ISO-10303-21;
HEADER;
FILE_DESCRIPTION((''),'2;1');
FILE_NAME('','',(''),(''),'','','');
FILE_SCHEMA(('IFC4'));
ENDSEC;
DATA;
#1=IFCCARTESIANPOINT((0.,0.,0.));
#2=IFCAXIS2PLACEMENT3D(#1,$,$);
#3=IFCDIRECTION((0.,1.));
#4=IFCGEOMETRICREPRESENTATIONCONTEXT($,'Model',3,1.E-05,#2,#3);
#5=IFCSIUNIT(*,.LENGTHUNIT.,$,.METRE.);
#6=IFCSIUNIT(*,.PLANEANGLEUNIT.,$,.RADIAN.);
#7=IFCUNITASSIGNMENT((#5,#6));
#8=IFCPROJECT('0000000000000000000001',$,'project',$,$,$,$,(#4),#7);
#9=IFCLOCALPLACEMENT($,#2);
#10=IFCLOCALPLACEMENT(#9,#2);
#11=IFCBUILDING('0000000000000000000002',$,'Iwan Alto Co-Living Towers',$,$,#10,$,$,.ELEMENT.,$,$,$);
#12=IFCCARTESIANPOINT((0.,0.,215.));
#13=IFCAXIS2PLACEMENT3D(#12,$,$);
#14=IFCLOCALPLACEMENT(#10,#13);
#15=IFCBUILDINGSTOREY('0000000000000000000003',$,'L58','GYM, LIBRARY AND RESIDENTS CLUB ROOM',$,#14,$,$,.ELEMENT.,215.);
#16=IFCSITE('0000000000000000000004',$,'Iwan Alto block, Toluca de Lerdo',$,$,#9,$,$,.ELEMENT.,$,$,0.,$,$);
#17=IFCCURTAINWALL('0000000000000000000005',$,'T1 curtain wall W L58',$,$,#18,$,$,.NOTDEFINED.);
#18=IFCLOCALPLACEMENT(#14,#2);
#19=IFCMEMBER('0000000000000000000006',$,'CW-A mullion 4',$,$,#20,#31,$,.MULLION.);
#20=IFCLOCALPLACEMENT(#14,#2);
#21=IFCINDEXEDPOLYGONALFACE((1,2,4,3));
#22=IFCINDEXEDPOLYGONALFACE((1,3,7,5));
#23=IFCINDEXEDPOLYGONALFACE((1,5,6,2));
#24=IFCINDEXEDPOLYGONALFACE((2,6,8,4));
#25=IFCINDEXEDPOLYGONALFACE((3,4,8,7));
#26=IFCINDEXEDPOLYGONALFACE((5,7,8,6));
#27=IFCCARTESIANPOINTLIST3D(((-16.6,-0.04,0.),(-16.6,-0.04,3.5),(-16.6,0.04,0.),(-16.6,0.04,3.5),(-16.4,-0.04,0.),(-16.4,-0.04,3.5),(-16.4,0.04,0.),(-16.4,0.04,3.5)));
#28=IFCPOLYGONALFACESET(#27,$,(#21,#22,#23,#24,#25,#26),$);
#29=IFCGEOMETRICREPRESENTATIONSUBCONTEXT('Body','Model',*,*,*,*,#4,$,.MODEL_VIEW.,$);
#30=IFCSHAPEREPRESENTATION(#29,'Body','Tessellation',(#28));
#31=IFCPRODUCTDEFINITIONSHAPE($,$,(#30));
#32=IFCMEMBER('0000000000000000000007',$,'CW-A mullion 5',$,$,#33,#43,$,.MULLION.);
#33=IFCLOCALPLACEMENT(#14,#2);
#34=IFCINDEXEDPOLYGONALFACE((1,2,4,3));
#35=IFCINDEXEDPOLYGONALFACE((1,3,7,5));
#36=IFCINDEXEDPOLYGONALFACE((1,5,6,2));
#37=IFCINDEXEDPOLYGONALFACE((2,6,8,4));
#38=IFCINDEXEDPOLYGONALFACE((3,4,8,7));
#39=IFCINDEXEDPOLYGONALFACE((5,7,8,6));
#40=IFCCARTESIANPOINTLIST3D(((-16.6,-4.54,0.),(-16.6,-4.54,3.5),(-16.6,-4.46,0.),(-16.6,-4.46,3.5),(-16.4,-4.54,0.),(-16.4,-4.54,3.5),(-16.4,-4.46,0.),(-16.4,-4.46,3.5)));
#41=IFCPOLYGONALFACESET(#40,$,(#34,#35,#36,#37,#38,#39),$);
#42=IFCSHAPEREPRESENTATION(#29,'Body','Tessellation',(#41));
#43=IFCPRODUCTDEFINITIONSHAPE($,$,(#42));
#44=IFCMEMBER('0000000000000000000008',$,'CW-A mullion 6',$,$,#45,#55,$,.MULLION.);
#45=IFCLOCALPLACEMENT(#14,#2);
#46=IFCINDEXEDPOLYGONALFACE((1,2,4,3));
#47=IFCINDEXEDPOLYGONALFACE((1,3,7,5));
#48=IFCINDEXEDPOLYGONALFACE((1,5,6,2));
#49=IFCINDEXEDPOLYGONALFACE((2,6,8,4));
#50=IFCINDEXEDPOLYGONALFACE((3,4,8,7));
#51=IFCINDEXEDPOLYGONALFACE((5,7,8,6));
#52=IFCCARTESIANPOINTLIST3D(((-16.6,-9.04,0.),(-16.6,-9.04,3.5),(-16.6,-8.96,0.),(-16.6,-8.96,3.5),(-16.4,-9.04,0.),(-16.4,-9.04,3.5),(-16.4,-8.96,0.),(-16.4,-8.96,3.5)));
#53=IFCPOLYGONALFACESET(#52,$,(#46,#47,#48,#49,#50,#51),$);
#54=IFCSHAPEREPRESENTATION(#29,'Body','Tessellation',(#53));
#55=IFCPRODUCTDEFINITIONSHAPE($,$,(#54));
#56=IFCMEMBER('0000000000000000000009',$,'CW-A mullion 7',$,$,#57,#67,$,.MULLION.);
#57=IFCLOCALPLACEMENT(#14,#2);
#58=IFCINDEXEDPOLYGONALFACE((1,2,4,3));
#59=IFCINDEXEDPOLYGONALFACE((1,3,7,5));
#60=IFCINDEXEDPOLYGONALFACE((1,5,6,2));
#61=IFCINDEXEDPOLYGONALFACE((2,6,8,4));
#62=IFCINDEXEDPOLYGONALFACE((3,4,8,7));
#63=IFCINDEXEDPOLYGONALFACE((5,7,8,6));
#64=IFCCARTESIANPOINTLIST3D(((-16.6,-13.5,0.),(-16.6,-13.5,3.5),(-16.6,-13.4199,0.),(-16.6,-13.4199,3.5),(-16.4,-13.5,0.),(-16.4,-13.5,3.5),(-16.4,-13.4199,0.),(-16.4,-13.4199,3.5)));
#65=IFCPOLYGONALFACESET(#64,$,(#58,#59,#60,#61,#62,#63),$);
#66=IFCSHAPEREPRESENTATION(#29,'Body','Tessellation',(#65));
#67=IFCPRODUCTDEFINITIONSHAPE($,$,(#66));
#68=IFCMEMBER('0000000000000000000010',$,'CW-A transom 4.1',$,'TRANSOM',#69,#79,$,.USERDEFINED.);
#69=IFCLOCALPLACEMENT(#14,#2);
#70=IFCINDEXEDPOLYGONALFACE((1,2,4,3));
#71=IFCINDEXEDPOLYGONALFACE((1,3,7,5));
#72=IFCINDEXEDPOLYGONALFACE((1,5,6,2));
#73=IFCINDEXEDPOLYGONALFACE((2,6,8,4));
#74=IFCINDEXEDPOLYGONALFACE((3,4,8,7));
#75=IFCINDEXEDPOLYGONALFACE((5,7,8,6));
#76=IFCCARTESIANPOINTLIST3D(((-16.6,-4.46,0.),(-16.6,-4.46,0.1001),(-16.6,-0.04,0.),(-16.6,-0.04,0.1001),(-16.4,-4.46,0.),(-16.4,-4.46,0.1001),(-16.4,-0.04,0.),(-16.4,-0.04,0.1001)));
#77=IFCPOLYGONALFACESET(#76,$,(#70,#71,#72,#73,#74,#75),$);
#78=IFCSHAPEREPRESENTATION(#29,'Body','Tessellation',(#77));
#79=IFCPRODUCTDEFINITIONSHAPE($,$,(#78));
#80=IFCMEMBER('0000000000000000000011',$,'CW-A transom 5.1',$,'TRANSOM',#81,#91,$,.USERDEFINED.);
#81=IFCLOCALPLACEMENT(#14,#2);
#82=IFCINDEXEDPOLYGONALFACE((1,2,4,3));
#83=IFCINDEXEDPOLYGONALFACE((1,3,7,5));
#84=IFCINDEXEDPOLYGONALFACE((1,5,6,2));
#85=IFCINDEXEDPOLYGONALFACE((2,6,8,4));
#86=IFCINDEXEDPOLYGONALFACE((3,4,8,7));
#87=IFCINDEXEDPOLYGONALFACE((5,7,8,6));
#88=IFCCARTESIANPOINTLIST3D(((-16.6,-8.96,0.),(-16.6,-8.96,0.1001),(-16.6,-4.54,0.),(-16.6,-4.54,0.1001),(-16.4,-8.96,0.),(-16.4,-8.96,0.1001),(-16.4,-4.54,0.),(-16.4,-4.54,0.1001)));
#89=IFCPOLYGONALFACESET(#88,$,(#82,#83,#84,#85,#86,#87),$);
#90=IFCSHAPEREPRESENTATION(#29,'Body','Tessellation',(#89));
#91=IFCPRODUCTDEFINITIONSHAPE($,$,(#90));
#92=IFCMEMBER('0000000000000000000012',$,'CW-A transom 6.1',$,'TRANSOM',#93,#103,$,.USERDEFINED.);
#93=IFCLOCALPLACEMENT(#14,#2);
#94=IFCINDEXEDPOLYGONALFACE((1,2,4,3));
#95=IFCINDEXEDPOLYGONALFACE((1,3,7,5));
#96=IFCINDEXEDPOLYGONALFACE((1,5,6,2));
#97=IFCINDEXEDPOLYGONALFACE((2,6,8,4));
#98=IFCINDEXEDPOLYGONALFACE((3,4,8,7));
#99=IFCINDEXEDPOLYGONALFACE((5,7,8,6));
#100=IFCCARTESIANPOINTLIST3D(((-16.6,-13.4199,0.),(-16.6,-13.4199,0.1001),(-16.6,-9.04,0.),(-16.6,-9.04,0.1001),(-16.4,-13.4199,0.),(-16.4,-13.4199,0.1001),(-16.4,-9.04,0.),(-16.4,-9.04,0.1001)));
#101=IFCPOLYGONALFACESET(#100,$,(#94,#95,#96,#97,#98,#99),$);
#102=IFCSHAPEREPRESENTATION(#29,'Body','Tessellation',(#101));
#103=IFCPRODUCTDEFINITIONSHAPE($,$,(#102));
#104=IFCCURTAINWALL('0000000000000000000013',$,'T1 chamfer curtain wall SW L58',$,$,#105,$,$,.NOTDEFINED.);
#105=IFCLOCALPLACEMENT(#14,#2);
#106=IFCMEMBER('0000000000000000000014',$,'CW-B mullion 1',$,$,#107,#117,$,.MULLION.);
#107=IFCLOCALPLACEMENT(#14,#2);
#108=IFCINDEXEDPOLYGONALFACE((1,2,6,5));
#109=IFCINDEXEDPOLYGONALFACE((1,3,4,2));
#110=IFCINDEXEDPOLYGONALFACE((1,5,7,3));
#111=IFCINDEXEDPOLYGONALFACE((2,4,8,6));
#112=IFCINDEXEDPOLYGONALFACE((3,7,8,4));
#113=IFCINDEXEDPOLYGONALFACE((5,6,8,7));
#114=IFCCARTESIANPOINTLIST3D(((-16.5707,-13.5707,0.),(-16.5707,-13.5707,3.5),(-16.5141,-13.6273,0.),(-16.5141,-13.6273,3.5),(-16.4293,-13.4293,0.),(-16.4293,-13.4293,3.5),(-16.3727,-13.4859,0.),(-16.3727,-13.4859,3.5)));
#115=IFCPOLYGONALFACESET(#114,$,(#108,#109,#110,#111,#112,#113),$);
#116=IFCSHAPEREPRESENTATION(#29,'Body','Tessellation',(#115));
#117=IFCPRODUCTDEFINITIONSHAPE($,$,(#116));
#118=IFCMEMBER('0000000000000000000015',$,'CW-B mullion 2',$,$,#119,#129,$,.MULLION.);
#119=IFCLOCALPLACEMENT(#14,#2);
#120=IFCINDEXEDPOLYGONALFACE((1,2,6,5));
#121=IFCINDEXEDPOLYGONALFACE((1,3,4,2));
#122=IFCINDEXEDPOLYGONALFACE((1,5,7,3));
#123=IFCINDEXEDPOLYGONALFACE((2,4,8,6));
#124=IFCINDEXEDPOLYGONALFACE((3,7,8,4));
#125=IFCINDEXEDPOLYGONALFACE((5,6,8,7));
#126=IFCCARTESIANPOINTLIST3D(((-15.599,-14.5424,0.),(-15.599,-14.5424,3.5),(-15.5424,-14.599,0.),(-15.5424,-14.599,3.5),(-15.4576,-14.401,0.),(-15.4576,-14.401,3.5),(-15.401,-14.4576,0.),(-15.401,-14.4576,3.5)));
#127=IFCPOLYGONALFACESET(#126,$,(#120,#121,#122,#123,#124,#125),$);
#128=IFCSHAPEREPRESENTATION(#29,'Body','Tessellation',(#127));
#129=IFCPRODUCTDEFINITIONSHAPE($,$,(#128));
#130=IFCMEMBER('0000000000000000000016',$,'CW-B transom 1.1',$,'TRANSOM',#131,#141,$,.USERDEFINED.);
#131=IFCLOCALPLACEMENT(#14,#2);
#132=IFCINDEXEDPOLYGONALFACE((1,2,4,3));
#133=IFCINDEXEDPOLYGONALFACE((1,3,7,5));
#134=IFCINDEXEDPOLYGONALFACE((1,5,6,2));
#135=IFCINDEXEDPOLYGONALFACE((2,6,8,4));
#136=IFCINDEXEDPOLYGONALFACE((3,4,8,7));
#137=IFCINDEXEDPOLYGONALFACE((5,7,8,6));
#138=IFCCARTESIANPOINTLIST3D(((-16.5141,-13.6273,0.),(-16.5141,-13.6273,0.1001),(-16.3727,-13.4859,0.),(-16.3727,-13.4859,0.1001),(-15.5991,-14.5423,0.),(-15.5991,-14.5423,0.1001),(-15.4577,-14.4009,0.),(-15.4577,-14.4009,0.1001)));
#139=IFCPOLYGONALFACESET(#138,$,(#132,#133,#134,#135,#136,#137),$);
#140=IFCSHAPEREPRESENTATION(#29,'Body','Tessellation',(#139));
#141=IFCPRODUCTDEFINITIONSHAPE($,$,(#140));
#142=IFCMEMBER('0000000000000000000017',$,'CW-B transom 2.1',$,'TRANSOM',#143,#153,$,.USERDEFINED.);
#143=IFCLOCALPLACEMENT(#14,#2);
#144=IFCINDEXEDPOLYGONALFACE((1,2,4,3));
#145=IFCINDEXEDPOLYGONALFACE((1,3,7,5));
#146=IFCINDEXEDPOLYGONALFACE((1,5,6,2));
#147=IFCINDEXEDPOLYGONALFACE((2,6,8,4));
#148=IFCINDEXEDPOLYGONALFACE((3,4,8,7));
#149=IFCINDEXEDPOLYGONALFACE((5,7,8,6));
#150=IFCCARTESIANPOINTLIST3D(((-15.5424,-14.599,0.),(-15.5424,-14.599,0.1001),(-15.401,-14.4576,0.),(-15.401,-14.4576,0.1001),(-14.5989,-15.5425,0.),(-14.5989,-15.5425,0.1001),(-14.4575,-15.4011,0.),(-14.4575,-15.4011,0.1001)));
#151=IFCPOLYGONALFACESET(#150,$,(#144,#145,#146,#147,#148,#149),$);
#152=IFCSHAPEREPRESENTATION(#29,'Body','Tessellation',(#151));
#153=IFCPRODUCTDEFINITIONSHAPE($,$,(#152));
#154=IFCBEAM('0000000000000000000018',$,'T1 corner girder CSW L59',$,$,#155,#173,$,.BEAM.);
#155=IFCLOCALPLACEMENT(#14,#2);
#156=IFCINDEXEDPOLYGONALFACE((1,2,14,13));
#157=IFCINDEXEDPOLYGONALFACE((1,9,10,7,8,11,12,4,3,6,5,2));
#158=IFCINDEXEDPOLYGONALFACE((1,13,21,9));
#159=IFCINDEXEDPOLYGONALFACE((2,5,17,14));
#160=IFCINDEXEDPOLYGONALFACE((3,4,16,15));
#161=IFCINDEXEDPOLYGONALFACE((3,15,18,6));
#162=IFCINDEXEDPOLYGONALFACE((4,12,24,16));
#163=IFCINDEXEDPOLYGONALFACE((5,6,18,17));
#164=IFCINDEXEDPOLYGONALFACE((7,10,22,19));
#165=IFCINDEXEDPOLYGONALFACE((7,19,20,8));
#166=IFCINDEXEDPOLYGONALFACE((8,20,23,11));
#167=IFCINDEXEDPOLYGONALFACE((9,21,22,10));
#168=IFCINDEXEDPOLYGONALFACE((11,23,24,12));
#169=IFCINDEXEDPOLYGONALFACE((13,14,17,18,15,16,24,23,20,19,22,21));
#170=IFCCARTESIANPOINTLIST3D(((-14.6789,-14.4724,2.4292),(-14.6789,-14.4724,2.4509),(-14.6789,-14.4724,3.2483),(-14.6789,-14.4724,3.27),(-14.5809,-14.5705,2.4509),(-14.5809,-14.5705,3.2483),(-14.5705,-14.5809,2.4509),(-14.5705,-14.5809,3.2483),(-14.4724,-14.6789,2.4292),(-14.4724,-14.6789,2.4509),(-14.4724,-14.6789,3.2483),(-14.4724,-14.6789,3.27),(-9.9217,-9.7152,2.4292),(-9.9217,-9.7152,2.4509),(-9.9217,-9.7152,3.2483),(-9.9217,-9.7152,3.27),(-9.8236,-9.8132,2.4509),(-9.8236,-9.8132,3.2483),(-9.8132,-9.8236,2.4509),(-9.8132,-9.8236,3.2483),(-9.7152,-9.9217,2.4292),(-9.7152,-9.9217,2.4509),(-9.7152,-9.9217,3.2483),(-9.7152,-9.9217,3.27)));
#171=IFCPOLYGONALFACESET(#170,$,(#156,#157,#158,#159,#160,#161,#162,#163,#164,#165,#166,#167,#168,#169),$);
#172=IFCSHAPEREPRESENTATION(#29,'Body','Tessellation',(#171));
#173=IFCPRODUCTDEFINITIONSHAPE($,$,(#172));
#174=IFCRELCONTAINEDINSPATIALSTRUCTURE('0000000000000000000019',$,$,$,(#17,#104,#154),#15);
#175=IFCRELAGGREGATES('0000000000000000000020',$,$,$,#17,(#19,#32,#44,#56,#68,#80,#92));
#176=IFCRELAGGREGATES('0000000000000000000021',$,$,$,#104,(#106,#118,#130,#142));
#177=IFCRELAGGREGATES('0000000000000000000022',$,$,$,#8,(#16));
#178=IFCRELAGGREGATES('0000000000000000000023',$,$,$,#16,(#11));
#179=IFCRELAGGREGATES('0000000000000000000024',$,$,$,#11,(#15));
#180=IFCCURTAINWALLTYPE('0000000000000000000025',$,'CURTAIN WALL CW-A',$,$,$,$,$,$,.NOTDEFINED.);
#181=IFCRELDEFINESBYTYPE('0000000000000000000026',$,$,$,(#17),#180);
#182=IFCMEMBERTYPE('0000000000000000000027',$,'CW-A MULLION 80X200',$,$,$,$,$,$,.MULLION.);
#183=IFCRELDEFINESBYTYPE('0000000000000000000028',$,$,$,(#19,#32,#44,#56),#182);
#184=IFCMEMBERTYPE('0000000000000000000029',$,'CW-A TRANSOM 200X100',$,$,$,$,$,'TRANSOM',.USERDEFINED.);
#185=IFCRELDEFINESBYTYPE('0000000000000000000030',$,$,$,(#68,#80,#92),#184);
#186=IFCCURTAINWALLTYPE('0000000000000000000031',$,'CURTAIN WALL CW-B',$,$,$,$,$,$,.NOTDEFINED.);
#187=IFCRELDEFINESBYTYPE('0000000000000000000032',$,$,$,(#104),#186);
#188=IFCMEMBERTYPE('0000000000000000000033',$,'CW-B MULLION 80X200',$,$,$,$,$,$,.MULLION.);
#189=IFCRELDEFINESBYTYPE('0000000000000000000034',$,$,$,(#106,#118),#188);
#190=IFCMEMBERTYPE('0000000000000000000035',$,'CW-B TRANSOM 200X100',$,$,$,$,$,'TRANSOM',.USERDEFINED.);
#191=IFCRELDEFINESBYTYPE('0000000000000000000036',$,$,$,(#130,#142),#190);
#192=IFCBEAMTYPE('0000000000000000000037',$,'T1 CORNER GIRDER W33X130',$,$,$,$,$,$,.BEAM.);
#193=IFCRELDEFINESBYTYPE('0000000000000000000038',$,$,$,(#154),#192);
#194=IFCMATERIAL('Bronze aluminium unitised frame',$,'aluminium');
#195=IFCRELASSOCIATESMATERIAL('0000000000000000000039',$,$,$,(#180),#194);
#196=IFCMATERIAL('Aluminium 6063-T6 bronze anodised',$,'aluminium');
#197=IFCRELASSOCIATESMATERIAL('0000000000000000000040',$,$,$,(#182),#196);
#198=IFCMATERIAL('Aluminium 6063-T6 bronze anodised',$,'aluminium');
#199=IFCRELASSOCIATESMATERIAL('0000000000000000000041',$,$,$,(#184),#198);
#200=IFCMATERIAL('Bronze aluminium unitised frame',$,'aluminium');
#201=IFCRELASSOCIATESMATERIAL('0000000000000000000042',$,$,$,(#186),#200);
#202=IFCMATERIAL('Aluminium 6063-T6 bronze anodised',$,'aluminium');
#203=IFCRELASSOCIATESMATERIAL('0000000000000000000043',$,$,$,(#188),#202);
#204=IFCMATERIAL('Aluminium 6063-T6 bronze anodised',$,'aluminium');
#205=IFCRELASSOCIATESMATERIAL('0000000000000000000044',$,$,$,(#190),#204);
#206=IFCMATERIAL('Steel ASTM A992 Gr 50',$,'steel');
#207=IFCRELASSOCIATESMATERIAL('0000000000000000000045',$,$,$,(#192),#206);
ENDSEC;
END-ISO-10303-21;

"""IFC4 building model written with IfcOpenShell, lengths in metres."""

from ifc_helpers import new_model, si_unit, direction, frame, origin, origin_2d, place, context, subcontext, project, spatial, rectangle, i_section, extrude, material, material_profile, profile_set, type_object, element, aggregate, save


model = new_model("IFC4")

# Units and contexts
model_context = context("Model", 3, precision=1e-05, world=origin(), true_north=direction((0.0, 1.0)))
body_context = subcontext(model_context, "Body", "Model", "MODEL_VIEW")
ifc_project = project(units=[si_unit("LENGTHUNIT", "METRE"), si_unit("PLANEANGLEUNIT", "RADIAN")], contexts=[model_context])

# Site, building, storey
site_placement = place(None, origin())
site = spatial("IfcSite", under=ifc_project, at=site_placement, Name="Iwan Alto block, Toluca de Lerdo", CompositionType="ELEMENT", RefElevation=0.0)
building_placement = place(site_placement, origin())
building = spatial("IfcBuilding", under=site, at=building_placement, Name="Iwan Alto Co-Living Towers", CompositionType="ELEMENT")
storey_placement = place(building_placement, frame((0.0, 0.0, 215.0)))
storey = spatial("IfcBuildingStorey", under=building, at=storey_placement, Name="L58", Description="GYM, LIBRARY AND RESIDENTS CLUB ROOM", CompositionType="ELEMENT", Elevation=215.0)

# Curtain walls, members
ifc_material_1 = material(Name="Bronze aluminium unitised frame", Category="aluminium")
curtain_wall_type_1 = type_object("IfcCurtainWallType", Name="CURTAIN WALL CW-A", PredefinedType="NOTDEFINED", material=ifc_material_1)
curtain_wall_1_placement = place(storey_placement, origin())
curtain_wall_1 = element("IfcCurtainWall", 1, at=curtain_wall_1_placement, inside=storey, type_object=curtain_wall_type_1, Name="T1 curtain wall W L58", PredefinedType="NOTDEFINED")
ifc_material_2 = material(Name="Aluminium 6063-T6 bronze anodised", Category="aluminium")
ifc_material_profile_1 = material_profile(ifc_material_2, rectangle(XDim=0.2, YDim=0.0801, at=origin_2d()), Name="AL 80X200")
ifc_profile_set_1 = profile_set([ifc_material_profile_1], Name="Aluminium 6063-T6 bronze anodised")
member_type_1 = type_object("IfcMemberType", Name="CW-A MULLION 80X200", PredefinedType="MULLION", material=ifc_profile_set_1)
member_1_placement = place(storey_placement, frame((-16.5, 0.0, 0.0), z_axis=(0.0, 0.0, 1.0), x_axis=(1.0, 0.0, 0.0)))
member_1 = element("IfcMember", 2, at=member_1_placement, type_object=member_type_1, Name="CW-A mullion 4", PredefinedType="MULLION", context=body_context, shape_type="SweptSolid", body=[
    extrude(rectangle(XDim=0.2, YDim=0.0801, at=origin_2d()), origin(), (0.0, 0.0, 1.0), 3.5),
])
member_2_placement = place(storey_placement, frame((-16.5, -4.5, 0.0), z_axis=(0.0, 0.0, 1.0), x_axis=(1.0, 0.0, 0.0)))
member_2 = element("IfcMember", 3, at=member_2_placement, type_object=member_type_1, Name="CW-A mullion 5", PredefinedType="MULLION", context=body_context, shape_type="SweptSolid", body=[
    extrude(rectangle(XDim=0.2, YDim=0.0801, at=origin_2d()), origin(), (0.0, 0.0, 1.0), 3.5),
])
member_3_placement = place(storey_placement, frame((-16.5, -9.0, 0.0), z_axis=(0.0, 0.0, 1.0), x_axis=(1.0, 0.0, 0.0)))
member_3 = element("IfcMember", 4, at=member_3_placement, type_object=member_type_1, Name="CW-A mullion 6", PredefinedType="MULLION", context=body_context, shape_type="SweptSolid", body=[
    extrude(rectangle(XDim=0.2, YDim=0.0801, at=origin_2d()), origin(), (0.0, 0.0, 1.0), 3.5),
])
member_4_placement = place(storey_placement, frame((-16.5, -13.46, 0.0), z_axis=(0.0, 0.0, 1.0), x_axis=(1.0, 0.0, 0.0)))
member_4 = element("IfcMember", 5, at=member_4_placement, type_object=member_type_1, Name="CW-A mullion 7", PredefinedType="MULLION", context=body_context, shape_type="SweptSolid", body=[
    extrude(rectangle(XDim=0.2, YDim=0.0801, at=origin_2d()), origin(), (0.0, 0.0, 1.0), 3.5),
])
ifc_material_3 = material(Name="Aluminium 6063-T6 bronze anodised", Category="aluminium")
ifc_material_profile_2 = material_profile(ifc_material_3, rectangle(XDim=0.2, YDim=0.1001, at=origin_2d()), Name="AL 200X100")
ifc_profile_set_2 = profile_set([ifc_material_profile_2], Name="Aluminium 6063-T6 bronze anodised")
member_type_2 = type_object("IfcMemberType", Name="CW-A TRANSOM 200X100", ElementType="TRANSOM", PredefinedType="USERDEFINED", material=ifc_profile_set_2)
member_5_placement = place(storey_placement, frame((-16.5, -0.04, 0.05), z_axis=(0.0, -1.0, 0.0), x_axis=(1.0, 0.0, 0.0)))
member_5 = element("IfcMember", 6, at=member_5_placement, type_object=member_type_2, Name="CW-A transom 4.1", ObjectType="TRANSOM", PredefinedType="USERDEFINED", context=body_context, shape_type="SweptSolid", body=[
    extrude(rectangle(XDim=0.2, YDim=0.1001, at=origin_2d()), origin(), (0.0, 0.0, 1.0), 4.4199),
])
member_6_placement = place(storey_placement, frame((-16.5, -4.54, 0.05), z_axis=(0.0, -1.0, 0.0), x_axis=(1.0, 0.0, 0.0)))
member_6 = element("IfcMember", 7, at=member_6_placement, type_object=member_type_2, Name="CW-A transom 5.1", ObjectType="TRANSOM", PredefinedType="USERDEFINED", context=body_context, shape_type="SweptSolid", body=[
    extrude(rectangle(XDim=0.2, YDim=0.1001, at=origin_2d()), origin(), (0.0, 0.0, 1.0), 4.4199),
])
member_7_placement = place(storey_placement, frame((-16.5, -9.04, 0.05), z_axis=(0.0, -1.0, 0.0), x_axis=(1.0, 0.0, 0.0)))
member_7 = element("IfcMember", 8, at=member_7_placement, type_object=member_type_2, Name="CW-A transom 6.1", ObjectType="TRANSOM", PredefinedType="USERDEFINED", context=body_context, shape_type="SweptSolid", body=[
    extrude(rectangle(XDim=0.2, YDim=0.1001, at=origin_2d()), origin(), (0.0, 0.0, 1.0), 4.3799),
])
ifc_material_4 = material(Name="Bronze aluminium unitised frame", Category="aluminium")
curtain_wall_type_2 = type_object("IfcCurtainWallType", Name="CURTAIN WALL CW-B", PredefinedType="NOTDEFINED", material=ifc_material_4)
curtain_wall_2_placement = place(storey_placement, origin())
curtain_wall_2 = element("IfcCurtainWall", 9, at=curtain_wall_2_placement, inside=storey, type_object=curtain_wall_type_2, Name="T1 chamfer curtain wall SW L58", PredefinedType="NOTDEFINED")
ifc_material_5 = material(Name="Aluminium 6063-T6 bronze anodised", Category="aluminium")
ifc_material_profile_3 = material_profile(ifc_material_5, rectangle(XDim=0.2, YDim=0.0801, at=origin_2d()), Name="AL 80X200")
ifc_profile_set_3 = profile_set([ifc_material_profile_3], Name="Aluminium 6063-T6 bronze anodised")
member_type_3 = type_object("IfcMemberType", Name="CW-B MULLION 80X200", PredefinedType="MULLION", material=ifc_profile_set_3)
member_8_placement = place(storey_placement, frame((-16.4717, -13.5283, 0.0), z_axis=(0.0, 0.0, 1.0), x_axis=(0.707107, 0.707107, 0.0)))
member_8 = element("IfcMember", 10, at=member_8_placement, type_object=member_type_3, Name="CW-B mullion 1", PredefinedType="MULLION", context=body_context, shape_type="SweptSolid", body=[
    extrude(rectangle(XDim=0.2, YDim=0.0801, at=origin_2d()), origin(), (0.0, 0.0, 1.0), 3.5),
])
member_9_placement = place(storey_placement, frame((-15.5, -14.5, 0.0), z_axis=(0.0, 0.0, 1.0), x_axis=(0.707107, 0.707107, 0.0)))
member_9 = element("IfcMember", 11, at=member_9_placement, type_object=member_type_3, Name="CW-B mullion 2", PredefinedType="MULLION", context=body_context, shape_type="SweptSolid", body=[
    extrude(rectangle(XDim=0.2, YDim=0.0801, at=origin_2d()), origin(), (0.0, 0.0, 1.0), 3.5),
])
ifc_material_6 = material(Name="Aluminium 6063-T6 bronze anodised", Category="aluminium")
ifc_material_profile_4 = material_profile(ifc_material_6, rectangle(XDim=0.2, YDim=0.1001, at=origin_2d()), Name="AL 200X100")
ifc_profile_set_4 = profile_set([ifc_material_profile_4], Name="Aluminium 6063-T6 bronze anodised")
member_type_4 = type_object("IfcMemberType", Name="CW-B TRANSOM 200X100", ElementType="TRANSOM", PredefinedType="USERDEFINED", material=ifc_profile_set_4)
member_10_placement = place(storey_placement, frame((-16.4434, -13.5566, 0.05), z_axis=(0.707107, -0.707107, 0.0), x_axis=(0.707107, 0.707107, 0.0)))
member_10 = element("IfcMember", 12, at=member_10_placement, type_object=member_type_4, Name="CW-B transom 1.1", ObjectType="TRANSOM", PredefinedType="USERDEFINED", context=body_context, shape_type="SweptSolid", body=[
    extrude(rectangle(XDim=0.2, YDim=0.1001, at=origin_2d()), origin(), (0.0, 0.0, 1.0), 1.2939),
])
member_11_placement = place(storey_placement, frame((-15.4717, -14.5283, 0.05), z_axis=(0.707107, -0.707107, 0.0), x_axis=(0.707107, 0.707107, 0.0)))
member_11 = element("IfcMember", 13, at=member_11_placement, type_object=member_type_4, Name="CW-B transom 2.1", ObjectType="TRANSOM", PredefinedType="USERDEFINED", context=body_context, shape_type="SweptSolid", body=[
    extrude(rectangle(XDim=0.2, YDim=0.1001, at=origin_2d()), origin(), (0.0, 0.0, 1.0), 1.3342),
])

# Beam
ifc_material_7 = material(Name="Steel ASTM A992 Gr 50", Category="steel")
ifc_material_profile_5 = material_profile(ifc_material_7, i_section(OverallWidth=0.292, OverallDepth=0.8408, WebThickness=0.0146, FlangeThickness=0.0217, at=origin_2d()), Name="W33X130")
ifc_profile_set_5 = profile_set([ifc_material_profile_5], Name="Steel ASTM A992 Gr 50")
beam_type_1 = type_object("IfcBeamType", Name="T1 CORNER GIRDER W33X130", PredefinedType="BEAM", material=ifc_profile_set_5)
beam_1_placement = place(storey_placement, frame((-14.5757, -14.5757, 2.8496), z_axis=(0.707107, 0.707107, 0.0), x_axis=(-0.707107, 0.707107, 0.0)))
element("IfcBeam", 14, at=beam_1_placement, inside=storey, type_object=beam_type_1, Name="T1 corner girder CSW L59", PredefinedType="BEAM", context=body_context, shape_type="SweptSolid", body=[
    extrude(i_section(OverallWidth=0.292, OverallDepth=0.8408, WebThickness=0.0146, FlangeThickness=0.0217, at=origin_2d()), origin(), (0.0, 0.0, 1.0), 6.7278),
])

aggregate(curtain_wall_1, [member_1, member_2, member_3, member_4, member_5, member_6, member_7])
aggregate(curtain_wall_2, [member_8, member_9, member_10, member_11])

save(model, "model.ifc")
